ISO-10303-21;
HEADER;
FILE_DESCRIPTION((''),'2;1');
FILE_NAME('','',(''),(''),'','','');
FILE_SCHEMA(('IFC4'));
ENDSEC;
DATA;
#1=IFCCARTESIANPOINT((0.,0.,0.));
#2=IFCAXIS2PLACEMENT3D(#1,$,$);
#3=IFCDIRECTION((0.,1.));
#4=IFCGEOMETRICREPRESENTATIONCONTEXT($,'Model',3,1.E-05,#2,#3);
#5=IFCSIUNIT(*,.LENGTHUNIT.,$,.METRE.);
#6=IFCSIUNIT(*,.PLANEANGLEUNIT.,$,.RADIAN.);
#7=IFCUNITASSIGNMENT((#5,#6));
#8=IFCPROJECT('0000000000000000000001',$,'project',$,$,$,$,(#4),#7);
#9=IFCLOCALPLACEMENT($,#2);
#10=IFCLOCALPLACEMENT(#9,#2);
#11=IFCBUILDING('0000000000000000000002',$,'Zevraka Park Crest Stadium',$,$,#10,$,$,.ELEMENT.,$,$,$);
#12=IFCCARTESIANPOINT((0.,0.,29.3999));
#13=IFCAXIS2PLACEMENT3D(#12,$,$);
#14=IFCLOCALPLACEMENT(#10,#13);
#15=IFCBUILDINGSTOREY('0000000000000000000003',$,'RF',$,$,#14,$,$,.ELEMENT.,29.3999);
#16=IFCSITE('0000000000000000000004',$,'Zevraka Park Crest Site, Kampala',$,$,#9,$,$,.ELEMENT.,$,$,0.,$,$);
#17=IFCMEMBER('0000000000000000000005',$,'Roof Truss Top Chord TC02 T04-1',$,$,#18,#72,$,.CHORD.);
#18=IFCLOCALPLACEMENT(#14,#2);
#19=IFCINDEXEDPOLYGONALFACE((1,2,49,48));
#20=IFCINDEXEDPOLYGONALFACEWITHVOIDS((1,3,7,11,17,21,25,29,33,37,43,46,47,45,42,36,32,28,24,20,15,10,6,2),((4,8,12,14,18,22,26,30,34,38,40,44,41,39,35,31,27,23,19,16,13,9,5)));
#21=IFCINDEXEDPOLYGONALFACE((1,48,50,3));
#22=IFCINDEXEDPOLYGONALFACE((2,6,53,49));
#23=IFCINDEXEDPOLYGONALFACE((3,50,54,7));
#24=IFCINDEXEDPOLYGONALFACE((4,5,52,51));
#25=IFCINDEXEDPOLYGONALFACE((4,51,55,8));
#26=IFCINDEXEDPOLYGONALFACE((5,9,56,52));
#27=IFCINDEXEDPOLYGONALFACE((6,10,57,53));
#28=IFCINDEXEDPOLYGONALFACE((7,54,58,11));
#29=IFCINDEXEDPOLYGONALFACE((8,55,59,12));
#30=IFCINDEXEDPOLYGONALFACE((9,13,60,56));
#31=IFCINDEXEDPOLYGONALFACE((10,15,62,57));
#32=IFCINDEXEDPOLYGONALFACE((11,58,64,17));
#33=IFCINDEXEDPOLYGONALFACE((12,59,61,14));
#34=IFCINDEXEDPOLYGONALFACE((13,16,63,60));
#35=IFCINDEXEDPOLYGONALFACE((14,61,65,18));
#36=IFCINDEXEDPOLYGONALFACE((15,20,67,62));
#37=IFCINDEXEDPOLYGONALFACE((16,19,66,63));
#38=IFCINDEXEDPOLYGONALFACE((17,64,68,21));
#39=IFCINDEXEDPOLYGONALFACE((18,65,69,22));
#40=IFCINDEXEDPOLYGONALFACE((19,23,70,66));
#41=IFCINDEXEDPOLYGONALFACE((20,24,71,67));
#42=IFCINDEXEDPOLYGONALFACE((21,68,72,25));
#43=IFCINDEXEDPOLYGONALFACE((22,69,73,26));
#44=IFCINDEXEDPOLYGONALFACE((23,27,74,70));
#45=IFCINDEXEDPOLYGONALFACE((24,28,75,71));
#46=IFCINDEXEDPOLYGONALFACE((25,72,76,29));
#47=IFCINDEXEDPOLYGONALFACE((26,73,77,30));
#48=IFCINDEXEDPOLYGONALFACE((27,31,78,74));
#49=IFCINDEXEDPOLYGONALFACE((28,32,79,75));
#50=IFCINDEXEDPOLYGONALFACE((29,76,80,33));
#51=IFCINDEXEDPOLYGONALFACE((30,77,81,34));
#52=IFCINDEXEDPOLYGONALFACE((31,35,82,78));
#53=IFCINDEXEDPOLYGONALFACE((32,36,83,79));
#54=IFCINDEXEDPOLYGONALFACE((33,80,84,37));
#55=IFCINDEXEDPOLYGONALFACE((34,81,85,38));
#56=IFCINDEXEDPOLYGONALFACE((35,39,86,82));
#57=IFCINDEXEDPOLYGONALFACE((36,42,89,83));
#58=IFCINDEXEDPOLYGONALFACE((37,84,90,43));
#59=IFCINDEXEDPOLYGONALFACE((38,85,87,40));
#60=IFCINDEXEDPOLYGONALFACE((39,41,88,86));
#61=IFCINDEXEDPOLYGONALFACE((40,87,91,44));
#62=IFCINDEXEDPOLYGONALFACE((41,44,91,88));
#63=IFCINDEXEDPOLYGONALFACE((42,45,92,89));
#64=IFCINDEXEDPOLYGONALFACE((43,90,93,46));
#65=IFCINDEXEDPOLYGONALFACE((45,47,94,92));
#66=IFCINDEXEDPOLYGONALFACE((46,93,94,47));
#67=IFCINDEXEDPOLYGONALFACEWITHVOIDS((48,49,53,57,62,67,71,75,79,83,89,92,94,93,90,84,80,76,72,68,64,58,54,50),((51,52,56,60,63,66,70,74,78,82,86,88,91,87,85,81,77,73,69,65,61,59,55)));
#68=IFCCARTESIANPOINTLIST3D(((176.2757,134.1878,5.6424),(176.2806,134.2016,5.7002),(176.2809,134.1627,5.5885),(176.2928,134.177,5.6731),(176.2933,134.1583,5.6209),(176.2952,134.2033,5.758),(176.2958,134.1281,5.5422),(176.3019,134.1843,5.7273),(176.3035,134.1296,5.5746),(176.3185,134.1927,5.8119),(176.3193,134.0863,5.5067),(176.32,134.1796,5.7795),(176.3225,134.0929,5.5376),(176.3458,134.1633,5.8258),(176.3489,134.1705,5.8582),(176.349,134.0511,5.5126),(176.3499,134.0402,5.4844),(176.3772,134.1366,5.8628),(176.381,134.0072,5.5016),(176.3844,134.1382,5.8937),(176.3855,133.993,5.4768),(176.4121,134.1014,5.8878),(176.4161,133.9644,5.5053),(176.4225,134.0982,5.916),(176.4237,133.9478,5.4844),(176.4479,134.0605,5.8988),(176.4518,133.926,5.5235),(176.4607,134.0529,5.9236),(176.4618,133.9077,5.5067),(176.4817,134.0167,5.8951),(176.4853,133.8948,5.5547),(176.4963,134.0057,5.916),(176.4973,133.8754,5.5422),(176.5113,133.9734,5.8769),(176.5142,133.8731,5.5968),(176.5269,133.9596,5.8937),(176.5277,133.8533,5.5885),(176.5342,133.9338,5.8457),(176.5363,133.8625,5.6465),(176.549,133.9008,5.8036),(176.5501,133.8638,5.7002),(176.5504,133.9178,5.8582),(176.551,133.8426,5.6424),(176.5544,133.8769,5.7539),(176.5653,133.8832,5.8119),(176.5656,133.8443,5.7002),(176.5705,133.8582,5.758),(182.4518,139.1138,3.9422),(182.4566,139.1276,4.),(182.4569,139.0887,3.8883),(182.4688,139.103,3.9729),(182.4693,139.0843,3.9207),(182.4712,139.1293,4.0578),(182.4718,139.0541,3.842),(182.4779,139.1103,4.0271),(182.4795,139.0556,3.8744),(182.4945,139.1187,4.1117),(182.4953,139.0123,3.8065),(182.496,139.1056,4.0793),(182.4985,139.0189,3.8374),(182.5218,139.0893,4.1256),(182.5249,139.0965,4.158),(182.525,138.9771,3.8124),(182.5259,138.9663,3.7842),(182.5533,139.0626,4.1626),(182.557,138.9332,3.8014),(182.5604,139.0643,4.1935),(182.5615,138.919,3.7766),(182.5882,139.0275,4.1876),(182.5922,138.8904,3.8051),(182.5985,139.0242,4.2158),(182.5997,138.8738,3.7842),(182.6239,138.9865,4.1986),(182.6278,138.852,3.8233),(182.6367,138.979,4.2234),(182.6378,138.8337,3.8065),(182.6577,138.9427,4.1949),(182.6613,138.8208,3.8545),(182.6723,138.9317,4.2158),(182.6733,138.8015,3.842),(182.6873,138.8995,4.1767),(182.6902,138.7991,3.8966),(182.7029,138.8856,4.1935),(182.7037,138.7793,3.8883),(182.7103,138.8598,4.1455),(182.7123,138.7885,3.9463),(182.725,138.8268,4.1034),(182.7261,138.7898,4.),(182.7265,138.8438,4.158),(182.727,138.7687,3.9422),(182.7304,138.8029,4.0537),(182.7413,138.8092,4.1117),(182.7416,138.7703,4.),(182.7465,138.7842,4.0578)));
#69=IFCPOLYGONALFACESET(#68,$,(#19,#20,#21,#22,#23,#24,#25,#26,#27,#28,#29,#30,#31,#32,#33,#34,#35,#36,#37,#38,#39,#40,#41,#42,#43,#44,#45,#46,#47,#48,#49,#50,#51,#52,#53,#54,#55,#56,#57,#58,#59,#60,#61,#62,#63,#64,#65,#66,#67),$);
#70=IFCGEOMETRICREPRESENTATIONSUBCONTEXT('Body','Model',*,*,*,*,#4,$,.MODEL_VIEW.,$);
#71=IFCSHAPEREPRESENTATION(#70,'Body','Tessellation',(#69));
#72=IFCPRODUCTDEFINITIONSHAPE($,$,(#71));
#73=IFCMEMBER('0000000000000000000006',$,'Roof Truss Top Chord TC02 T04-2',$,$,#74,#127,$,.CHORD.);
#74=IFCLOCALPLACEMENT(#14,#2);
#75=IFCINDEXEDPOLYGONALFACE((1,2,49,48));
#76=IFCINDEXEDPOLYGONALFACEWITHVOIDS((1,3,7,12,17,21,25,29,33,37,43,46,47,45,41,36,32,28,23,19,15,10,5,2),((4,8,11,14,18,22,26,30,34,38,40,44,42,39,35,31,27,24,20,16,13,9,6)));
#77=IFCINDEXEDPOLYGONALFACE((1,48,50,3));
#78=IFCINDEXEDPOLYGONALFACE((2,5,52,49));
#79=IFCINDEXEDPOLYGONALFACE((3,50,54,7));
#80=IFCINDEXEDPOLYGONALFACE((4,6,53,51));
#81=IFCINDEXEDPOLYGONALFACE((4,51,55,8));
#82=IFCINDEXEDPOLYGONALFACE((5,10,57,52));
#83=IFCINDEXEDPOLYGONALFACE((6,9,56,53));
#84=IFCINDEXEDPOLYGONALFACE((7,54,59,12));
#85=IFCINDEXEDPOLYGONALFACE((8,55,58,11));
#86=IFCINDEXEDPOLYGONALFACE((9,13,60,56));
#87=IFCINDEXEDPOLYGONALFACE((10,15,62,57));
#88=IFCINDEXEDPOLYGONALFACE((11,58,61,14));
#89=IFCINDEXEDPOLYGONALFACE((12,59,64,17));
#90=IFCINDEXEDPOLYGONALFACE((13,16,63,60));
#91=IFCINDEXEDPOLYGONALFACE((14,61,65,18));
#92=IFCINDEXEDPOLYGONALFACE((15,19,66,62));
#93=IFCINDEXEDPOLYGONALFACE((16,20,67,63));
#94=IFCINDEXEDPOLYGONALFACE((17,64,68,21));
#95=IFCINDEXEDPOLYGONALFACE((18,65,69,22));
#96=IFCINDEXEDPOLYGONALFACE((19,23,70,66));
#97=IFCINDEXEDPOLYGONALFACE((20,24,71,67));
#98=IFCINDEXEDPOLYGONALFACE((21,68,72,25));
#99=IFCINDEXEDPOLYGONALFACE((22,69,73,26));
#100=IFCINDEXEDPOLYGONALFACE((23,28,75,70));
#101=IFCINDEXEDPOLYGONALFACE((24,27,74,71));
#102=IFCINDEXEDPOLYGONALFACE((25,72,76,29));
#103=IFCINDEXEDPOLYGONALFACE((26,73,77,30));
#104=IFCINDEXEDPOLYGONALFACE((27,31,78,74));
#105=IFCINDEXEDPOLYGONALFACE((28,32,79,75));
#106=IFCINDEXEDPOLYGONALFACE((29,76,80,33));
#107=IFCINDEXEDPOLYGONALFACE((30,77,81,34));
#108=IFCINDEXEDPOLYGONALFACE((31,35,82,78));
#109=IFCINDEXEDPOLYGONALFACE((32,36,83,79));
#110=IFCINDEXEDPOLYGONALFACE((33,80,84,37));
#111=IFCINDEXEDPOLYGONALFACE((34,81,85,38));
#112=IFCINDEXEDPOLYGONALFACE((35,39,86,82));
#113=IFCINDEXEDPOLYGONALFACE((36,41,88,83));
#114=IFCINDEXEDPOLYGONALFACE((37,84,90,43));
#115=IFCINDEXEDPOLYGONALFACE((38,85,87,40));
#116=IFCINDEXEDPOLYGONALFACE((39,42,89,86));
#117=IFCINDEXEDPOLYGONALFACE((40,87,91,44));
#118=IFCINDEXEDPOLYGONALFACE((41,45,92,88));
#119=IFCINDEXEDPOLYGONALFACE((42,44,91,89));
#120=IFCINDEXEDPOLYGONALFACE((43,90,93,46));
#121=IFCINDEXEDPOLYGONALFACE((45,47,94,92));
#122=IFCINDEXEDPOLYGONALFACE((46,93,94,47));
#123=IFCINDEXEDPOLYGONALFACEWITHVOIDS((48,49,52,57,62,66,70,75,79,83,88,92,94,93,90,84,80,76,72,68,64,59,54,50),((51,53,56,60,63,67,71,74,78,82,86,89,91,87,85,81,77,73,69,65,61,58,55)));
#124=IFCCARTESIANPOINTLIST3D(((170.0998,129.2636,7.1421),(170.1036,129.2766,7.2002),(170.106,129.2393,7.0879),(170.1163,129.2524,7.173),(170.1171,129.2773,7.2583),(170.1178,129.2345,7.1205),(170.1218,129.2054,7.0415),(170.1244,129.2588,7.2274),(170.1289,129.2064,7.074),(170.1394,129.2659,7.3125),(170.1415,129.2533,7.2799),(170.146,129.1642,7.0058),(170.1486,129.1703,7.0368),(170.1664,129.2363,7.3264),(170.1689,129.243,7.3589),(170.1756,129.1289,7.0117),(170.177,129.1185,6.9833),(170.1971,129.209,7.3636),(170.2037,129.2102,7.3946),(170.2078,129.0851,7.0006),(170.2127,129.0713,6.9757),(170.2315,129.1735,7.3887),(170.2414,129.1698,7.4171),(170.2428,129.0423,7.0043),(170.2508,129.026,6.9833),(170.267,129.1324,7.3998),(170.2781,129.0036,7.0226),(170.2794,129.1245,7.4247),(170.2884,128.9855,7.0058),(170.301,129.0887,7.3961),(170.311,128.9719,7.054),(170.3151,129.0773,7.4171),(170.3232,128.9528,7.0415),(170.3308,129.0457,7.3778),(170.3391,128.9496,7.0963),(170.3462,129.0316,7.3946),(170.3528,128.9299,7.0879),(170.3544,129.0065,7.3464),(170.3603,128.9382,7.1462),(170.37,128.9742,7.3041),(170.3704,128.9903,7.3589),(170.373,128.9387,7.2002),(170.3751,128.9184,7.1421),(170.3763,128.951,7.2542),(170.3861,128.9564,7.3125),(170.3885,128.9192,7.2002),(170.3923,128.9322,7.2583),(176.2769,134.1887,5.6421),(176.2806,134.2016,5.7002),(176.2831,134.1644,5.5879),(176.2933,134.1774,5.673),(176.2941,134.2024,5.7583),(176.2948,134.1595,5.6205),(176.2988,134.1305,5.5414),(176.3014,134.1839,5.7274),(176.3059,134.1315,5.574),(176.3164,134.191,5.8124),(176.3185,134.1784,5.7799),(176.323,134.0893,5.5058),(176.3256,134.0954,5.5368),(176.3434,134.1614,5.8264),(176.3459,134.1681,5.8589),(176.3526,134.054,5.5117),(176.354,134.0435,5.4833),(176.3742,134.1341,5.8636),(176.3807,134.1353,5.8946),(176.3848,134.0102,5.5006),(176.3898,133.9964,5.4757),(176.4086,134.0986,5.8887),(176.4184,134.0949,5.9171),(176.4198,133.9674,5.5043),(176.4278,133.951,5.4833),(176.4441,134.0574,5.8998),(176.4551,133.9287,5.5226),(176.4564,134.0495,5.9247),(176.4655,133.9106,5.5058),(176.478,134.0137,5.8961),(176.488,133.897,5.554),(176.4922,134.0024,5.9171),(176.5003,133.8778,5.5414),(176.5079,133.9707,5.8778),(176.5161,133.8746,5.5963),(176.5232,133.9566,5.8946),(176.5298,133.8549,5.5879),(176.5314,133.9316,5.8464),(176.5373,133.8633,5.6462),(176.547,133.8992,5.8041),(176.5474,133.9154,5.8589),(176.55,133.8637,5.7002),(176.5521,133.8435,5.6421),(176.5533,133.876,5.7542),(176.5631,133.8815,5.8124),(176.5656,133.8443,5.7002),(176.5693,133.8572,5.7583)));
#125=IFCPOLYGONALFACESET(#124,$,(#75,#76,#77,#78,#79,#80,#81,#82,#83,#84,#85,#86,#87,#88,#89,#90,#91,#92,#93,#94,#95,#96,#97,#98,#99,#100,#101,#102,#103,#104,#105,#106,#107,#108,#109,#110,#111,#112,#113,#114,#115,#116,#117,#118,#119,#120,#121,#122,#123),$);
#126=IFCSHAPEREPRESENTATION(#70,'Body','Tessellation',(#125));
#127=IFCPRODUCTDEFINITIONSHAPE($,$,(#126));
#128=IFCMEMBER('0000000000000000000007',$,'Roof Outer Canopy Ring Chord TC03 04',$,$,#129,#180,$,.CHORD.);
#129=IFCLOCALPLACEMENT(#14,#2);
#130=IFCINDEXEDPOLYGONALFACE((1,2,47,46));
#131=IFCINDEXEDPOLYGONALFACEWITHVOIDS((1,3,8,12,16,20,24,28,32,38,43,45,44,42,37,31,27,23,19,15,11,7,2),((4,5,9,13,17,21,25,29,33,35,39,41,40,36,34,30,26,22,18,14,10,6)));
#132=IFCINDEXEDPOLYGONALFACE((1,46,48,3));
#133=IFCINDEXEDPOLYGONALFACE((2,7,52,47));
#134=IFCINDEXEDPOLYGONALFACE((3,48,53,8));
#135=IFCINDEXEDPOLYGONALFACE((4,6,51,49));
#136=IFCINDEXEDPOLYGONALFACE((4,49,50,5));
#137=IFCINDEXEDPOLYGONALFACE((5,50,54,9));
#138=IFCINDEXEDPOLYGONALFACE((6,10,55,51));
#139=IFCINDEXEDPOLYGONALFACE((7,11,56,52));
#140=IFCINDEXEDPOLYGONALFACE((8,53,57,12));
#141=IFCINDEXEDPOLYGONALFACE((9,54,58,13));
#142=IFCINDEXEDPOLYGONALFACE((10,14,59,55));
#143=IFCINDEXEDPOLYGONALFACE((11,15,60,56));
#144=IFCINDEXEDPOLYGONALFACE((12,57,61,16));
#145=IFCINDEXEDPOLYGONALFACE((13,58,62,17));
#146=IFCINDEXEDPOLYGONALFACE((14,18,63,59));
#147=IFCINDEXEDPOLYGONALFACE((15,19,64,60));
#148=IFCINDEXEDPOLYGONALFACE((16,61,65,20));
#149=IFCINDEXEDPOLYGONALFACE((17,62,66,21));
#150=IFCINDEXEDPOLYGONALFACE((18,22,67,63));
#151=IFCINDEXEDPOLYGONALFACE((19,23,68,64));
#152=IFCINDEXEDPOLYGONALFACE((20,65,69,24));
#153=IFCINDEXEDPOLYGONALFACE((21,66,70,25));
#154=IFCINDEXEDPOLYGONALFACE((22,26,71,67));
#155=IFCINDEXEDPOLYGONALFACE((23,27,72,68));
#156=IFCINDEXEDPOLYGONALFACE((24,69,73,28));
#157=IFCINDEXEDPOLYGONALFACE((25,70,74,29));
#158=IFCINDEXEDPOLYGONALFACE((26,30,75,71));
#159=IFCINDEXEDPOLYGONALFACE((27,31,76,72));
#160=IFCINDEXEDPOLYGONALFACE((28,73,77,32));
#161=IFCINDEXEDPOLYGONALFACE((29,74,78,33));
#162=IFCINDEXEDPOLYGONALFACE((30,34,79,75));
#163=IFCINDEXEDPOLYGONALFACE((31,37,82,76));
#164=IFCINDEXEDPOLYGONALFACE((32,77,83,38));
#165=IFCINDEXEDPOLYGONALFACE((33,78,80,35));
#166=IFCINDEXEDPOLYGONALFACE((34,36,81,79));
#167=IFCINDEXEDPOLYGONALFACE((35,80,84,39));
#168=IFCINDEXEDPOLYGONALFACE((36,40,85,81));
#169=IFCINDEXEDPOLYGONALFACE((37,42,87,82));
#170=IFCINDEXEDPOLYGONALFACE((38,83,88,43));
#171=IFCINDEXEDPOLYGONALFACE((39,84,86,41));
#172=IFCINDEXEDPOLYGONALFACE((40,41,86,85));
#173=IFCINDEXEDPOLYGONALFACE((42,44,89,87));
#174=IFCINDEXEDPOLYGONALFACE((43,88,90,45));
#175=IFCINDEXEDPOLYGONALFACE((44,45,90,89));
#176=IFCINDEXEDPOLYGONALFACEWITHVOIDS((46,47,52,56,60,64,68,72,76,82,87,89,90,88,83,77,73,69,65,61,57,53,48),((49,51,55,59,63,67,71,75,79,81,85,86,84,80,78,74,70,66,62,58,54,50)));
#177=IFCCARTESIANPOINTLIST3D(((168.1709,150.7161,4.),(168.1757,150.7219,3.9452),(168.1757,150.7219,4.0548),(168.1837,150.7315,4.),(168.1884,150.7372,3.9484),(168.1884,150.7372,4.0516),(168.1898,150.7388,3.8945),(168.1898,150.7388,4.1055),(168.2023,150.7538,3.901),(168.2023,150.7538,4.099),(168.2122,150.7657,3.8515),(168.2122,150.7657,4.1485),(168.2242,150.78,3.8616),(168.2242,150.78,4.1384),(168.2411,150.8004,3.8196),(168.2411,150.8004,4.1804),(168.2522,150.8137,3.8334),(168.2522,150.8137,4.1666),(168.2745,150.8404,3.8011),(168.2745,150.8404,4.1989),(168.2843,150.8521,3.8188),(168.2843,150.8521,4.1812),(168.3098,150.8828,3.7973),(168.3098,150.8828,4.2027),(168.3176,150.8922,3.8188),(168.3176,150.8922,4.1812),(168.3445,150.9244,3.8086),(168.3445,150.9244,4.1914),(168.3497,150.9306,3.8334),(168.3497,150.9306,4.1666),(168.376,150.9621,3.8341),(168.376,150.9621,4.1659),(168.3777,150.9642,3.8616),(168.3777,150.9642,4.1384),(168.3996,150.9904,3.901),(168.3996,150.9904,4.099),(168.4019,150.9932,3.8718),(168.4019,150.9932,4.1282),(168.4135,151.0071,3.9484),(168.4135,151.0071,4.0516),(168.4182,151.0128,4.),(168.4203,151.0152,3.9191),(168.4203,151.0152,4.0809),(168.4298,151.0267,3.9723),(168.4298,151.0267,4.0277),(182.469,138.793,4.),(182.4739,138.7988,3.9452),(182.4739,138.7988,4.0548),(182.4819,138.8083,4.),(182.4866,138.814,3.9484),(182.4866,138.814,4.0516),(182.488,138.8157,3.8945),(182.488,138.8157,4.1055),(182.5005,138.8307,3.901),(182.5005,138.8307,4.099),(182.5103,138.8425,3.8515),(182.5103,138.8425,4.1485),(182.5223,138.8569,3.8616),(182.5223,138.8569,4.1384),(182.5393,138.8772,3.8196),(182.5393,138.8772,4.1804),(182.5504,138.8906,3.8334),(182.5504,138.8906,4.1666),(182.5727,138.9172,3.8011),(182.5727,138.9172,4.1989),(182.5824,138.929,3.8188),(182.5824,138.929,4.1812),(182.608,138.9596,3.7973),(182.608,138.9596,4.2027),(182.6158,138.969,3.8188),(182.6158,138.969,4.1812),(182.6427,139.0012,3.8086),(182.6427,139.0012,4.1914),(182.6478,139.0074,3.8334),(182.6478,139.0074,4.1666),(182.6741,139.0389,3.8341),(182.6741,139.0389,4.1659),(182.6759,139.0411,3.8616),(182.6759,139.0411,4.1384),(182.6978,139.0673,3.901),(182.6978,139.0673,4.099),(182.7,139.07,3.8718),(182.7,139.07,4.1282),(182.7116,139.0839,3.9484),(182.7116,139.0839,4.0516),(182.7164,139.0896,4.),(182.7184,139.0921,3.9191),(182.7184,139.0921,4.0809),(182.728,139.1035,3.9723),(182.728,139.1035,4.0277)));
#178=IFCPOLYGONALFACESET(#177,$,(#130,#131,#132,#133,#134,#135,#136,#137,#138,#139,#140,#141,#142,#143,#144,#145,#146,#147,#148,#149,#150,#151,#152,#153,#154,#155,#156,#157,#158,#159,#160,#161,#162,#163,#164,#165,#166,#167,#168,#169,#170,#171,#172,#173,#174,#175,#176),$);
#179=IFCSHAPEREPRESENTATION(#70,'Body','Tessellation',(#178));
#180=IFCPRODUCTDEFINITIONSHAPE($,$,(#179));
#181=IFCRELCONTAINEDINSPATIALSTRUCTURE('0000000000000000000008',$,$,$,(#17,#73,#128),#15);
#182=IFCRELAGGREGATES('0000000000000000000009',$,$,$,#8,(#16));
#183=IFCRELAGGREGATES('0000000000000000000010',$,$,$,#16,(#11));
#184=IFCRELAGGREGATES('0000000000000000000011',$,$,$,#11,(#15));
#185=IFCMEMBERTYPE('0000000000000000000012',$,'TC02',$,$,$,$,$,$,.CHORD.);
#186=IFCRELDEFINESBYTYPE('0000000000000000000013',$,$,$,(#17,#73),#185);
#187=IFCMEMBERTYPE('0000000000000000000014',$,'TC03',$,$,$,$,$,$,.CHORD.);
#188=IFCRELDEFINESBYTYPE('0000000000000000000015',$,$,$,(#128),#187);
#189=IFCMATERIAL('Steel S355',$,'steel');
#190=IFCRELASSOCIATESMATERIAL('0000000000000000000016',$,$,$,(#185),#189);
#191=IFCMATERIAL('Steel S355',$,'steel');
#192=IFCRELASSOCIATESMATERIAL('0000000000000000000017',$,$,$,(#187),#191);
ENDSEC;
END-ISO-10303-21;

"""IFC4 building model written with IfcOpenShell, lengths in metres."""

from ifc_helpers import new_model, si_unit, direction, frame, origin, origin_2d, place, context, subcontext, project, spatial, hollow_circle, extrude, material, material_profile, profile_set, type_object, element, save


model = new_model("IFC4")

# Units and contexts
model_context = context("Model", 3, precision=1e-05, world=origin(), true_north=direction((0.0, 1.0)))
body_context = subcontext(model_context, "Body", "Model", "MODEL_VIEW")
ifc_project = project(units=[si_unit("LENGTHUNIT", "METRE"), si_unit("PLANEANGLEUNIT", "RADIAN")], contexts=[model_context])

# Site, building, storey
site_placement = place(None, origin())
site = spatial("IfcSite", under=ifc_project, at=site_placement, Name="Zevraka Park Crest Site, Kampala", CompositionType="ELEMENT", RefElevation=0.0)
building_placement = place(site_placement, origin())
building = spatial("IfcBuilding", under=site, at=building_placement, Name="Zevraka Park Crest Stadium", CompositionType="ELEMENT")
storey_placement = place(building_placement, frame((0.0, 0.0, 29.3999)))
storey = spatial("IfcBuildingStorey", under=building, at=storey_placement, Name="RF", CompositionType="ELEMENT", Elevation=29.3999)

# Members
ifc_material_1 = material(Name="Steel S355", Category="steel")
ifc_material_profile_1 = material_profile(ifc_material_1, hollow_circle(Radius=0.2285, WallThickness=0.0249, at=origin_2d()), Name="CHS 457.0x25")
ifc_profile_set_1 = profile_set([ifc_material_profile_1], Name="Steel S355")
member_type_1 = type_object("IfcMemberType", Name="TC02", PredefinedType="CHORD", material=ifc_profile_set_1)
member_1_placement = place(storey_placement, frame((182.5991, 138.949, 4.0), z_axis=(-0.764282, -0.609595, 0.210399), x_axis=(0.623552, -0.781782, 0.0)))
element("IfcMember", 1, at=member_1_placement, inside=storey, type_object=member_type_1, Name="Roof Truss Top Chord TC02 T04-1", PredefinedType="CHORD", context=body_context, shape_type="SweptSolid", body=[
    extrude(hollow_circle(Radius=0.2285, WallThickness=0.0249, at=origin_2d()), origin(), (0.0, 0.0, 1.0), 8.0808),
])
member_2_placement = place(storey_placement, frame((176.4231, 134.0229, 5.7002), z_axis=(-0.768166, -0.612474, 0.186539), x_axis=(0.623417, -0.78189, 0.0)))
element("IfcMember", 2, at=member_2_placement, inside=storey, type_object=member_type_1, Name="Roof Truss Top Chord TC02 T04-2", PredefinedType="CHORD", context=body_context, shape_type="SweptSolid", body=[
    extrude(hollow_circle(Radius=0.2285, WallThickness=0.0249, at=origin_2d()), origin(), (0.0, 0.0, 1.0), 8.0413),
])
ifc_material_2 = material(Name="Steel S355", Category="steel")
ifc_material_profile_2 = material_profile(ifc_material_2, hollow_circle(Radius=0.2031, WallThickness=0.02, at=origin_2d()), Name="CHS 406.4x20")
ifc_profile_set_2 = profile_set([ifc_material_profile_2], Name="Steel S355")
member_type_2 = type_object("IfcMemberType", Name="TC03", PredefinedType="CHORD", material=ifc_profile_set_2)
member_3_placement = place(storey_placement, frame((182.5991, 138.949, 4.0), z_axis=(-0.768009, 0.640438, 0.0), x_axis=(-0.640438, -0.768009, 0.0)))
element("IfcMember", 3, at=member_3_placement, inside=storey, type_object=member_type_2, Name="Roof Outer Canopy Ring Chord TC03 04", PredefinedType="CHORD", context=body_context, shape_type="SweptSolid", body=[
    extrude(hollow_circle(Radius=0.2031, WallThickness=0.02, at=origin_2d()), origin(), (0.0, 0.0, 1.0), 18.6172),
])

save(model, "model.ifc")
